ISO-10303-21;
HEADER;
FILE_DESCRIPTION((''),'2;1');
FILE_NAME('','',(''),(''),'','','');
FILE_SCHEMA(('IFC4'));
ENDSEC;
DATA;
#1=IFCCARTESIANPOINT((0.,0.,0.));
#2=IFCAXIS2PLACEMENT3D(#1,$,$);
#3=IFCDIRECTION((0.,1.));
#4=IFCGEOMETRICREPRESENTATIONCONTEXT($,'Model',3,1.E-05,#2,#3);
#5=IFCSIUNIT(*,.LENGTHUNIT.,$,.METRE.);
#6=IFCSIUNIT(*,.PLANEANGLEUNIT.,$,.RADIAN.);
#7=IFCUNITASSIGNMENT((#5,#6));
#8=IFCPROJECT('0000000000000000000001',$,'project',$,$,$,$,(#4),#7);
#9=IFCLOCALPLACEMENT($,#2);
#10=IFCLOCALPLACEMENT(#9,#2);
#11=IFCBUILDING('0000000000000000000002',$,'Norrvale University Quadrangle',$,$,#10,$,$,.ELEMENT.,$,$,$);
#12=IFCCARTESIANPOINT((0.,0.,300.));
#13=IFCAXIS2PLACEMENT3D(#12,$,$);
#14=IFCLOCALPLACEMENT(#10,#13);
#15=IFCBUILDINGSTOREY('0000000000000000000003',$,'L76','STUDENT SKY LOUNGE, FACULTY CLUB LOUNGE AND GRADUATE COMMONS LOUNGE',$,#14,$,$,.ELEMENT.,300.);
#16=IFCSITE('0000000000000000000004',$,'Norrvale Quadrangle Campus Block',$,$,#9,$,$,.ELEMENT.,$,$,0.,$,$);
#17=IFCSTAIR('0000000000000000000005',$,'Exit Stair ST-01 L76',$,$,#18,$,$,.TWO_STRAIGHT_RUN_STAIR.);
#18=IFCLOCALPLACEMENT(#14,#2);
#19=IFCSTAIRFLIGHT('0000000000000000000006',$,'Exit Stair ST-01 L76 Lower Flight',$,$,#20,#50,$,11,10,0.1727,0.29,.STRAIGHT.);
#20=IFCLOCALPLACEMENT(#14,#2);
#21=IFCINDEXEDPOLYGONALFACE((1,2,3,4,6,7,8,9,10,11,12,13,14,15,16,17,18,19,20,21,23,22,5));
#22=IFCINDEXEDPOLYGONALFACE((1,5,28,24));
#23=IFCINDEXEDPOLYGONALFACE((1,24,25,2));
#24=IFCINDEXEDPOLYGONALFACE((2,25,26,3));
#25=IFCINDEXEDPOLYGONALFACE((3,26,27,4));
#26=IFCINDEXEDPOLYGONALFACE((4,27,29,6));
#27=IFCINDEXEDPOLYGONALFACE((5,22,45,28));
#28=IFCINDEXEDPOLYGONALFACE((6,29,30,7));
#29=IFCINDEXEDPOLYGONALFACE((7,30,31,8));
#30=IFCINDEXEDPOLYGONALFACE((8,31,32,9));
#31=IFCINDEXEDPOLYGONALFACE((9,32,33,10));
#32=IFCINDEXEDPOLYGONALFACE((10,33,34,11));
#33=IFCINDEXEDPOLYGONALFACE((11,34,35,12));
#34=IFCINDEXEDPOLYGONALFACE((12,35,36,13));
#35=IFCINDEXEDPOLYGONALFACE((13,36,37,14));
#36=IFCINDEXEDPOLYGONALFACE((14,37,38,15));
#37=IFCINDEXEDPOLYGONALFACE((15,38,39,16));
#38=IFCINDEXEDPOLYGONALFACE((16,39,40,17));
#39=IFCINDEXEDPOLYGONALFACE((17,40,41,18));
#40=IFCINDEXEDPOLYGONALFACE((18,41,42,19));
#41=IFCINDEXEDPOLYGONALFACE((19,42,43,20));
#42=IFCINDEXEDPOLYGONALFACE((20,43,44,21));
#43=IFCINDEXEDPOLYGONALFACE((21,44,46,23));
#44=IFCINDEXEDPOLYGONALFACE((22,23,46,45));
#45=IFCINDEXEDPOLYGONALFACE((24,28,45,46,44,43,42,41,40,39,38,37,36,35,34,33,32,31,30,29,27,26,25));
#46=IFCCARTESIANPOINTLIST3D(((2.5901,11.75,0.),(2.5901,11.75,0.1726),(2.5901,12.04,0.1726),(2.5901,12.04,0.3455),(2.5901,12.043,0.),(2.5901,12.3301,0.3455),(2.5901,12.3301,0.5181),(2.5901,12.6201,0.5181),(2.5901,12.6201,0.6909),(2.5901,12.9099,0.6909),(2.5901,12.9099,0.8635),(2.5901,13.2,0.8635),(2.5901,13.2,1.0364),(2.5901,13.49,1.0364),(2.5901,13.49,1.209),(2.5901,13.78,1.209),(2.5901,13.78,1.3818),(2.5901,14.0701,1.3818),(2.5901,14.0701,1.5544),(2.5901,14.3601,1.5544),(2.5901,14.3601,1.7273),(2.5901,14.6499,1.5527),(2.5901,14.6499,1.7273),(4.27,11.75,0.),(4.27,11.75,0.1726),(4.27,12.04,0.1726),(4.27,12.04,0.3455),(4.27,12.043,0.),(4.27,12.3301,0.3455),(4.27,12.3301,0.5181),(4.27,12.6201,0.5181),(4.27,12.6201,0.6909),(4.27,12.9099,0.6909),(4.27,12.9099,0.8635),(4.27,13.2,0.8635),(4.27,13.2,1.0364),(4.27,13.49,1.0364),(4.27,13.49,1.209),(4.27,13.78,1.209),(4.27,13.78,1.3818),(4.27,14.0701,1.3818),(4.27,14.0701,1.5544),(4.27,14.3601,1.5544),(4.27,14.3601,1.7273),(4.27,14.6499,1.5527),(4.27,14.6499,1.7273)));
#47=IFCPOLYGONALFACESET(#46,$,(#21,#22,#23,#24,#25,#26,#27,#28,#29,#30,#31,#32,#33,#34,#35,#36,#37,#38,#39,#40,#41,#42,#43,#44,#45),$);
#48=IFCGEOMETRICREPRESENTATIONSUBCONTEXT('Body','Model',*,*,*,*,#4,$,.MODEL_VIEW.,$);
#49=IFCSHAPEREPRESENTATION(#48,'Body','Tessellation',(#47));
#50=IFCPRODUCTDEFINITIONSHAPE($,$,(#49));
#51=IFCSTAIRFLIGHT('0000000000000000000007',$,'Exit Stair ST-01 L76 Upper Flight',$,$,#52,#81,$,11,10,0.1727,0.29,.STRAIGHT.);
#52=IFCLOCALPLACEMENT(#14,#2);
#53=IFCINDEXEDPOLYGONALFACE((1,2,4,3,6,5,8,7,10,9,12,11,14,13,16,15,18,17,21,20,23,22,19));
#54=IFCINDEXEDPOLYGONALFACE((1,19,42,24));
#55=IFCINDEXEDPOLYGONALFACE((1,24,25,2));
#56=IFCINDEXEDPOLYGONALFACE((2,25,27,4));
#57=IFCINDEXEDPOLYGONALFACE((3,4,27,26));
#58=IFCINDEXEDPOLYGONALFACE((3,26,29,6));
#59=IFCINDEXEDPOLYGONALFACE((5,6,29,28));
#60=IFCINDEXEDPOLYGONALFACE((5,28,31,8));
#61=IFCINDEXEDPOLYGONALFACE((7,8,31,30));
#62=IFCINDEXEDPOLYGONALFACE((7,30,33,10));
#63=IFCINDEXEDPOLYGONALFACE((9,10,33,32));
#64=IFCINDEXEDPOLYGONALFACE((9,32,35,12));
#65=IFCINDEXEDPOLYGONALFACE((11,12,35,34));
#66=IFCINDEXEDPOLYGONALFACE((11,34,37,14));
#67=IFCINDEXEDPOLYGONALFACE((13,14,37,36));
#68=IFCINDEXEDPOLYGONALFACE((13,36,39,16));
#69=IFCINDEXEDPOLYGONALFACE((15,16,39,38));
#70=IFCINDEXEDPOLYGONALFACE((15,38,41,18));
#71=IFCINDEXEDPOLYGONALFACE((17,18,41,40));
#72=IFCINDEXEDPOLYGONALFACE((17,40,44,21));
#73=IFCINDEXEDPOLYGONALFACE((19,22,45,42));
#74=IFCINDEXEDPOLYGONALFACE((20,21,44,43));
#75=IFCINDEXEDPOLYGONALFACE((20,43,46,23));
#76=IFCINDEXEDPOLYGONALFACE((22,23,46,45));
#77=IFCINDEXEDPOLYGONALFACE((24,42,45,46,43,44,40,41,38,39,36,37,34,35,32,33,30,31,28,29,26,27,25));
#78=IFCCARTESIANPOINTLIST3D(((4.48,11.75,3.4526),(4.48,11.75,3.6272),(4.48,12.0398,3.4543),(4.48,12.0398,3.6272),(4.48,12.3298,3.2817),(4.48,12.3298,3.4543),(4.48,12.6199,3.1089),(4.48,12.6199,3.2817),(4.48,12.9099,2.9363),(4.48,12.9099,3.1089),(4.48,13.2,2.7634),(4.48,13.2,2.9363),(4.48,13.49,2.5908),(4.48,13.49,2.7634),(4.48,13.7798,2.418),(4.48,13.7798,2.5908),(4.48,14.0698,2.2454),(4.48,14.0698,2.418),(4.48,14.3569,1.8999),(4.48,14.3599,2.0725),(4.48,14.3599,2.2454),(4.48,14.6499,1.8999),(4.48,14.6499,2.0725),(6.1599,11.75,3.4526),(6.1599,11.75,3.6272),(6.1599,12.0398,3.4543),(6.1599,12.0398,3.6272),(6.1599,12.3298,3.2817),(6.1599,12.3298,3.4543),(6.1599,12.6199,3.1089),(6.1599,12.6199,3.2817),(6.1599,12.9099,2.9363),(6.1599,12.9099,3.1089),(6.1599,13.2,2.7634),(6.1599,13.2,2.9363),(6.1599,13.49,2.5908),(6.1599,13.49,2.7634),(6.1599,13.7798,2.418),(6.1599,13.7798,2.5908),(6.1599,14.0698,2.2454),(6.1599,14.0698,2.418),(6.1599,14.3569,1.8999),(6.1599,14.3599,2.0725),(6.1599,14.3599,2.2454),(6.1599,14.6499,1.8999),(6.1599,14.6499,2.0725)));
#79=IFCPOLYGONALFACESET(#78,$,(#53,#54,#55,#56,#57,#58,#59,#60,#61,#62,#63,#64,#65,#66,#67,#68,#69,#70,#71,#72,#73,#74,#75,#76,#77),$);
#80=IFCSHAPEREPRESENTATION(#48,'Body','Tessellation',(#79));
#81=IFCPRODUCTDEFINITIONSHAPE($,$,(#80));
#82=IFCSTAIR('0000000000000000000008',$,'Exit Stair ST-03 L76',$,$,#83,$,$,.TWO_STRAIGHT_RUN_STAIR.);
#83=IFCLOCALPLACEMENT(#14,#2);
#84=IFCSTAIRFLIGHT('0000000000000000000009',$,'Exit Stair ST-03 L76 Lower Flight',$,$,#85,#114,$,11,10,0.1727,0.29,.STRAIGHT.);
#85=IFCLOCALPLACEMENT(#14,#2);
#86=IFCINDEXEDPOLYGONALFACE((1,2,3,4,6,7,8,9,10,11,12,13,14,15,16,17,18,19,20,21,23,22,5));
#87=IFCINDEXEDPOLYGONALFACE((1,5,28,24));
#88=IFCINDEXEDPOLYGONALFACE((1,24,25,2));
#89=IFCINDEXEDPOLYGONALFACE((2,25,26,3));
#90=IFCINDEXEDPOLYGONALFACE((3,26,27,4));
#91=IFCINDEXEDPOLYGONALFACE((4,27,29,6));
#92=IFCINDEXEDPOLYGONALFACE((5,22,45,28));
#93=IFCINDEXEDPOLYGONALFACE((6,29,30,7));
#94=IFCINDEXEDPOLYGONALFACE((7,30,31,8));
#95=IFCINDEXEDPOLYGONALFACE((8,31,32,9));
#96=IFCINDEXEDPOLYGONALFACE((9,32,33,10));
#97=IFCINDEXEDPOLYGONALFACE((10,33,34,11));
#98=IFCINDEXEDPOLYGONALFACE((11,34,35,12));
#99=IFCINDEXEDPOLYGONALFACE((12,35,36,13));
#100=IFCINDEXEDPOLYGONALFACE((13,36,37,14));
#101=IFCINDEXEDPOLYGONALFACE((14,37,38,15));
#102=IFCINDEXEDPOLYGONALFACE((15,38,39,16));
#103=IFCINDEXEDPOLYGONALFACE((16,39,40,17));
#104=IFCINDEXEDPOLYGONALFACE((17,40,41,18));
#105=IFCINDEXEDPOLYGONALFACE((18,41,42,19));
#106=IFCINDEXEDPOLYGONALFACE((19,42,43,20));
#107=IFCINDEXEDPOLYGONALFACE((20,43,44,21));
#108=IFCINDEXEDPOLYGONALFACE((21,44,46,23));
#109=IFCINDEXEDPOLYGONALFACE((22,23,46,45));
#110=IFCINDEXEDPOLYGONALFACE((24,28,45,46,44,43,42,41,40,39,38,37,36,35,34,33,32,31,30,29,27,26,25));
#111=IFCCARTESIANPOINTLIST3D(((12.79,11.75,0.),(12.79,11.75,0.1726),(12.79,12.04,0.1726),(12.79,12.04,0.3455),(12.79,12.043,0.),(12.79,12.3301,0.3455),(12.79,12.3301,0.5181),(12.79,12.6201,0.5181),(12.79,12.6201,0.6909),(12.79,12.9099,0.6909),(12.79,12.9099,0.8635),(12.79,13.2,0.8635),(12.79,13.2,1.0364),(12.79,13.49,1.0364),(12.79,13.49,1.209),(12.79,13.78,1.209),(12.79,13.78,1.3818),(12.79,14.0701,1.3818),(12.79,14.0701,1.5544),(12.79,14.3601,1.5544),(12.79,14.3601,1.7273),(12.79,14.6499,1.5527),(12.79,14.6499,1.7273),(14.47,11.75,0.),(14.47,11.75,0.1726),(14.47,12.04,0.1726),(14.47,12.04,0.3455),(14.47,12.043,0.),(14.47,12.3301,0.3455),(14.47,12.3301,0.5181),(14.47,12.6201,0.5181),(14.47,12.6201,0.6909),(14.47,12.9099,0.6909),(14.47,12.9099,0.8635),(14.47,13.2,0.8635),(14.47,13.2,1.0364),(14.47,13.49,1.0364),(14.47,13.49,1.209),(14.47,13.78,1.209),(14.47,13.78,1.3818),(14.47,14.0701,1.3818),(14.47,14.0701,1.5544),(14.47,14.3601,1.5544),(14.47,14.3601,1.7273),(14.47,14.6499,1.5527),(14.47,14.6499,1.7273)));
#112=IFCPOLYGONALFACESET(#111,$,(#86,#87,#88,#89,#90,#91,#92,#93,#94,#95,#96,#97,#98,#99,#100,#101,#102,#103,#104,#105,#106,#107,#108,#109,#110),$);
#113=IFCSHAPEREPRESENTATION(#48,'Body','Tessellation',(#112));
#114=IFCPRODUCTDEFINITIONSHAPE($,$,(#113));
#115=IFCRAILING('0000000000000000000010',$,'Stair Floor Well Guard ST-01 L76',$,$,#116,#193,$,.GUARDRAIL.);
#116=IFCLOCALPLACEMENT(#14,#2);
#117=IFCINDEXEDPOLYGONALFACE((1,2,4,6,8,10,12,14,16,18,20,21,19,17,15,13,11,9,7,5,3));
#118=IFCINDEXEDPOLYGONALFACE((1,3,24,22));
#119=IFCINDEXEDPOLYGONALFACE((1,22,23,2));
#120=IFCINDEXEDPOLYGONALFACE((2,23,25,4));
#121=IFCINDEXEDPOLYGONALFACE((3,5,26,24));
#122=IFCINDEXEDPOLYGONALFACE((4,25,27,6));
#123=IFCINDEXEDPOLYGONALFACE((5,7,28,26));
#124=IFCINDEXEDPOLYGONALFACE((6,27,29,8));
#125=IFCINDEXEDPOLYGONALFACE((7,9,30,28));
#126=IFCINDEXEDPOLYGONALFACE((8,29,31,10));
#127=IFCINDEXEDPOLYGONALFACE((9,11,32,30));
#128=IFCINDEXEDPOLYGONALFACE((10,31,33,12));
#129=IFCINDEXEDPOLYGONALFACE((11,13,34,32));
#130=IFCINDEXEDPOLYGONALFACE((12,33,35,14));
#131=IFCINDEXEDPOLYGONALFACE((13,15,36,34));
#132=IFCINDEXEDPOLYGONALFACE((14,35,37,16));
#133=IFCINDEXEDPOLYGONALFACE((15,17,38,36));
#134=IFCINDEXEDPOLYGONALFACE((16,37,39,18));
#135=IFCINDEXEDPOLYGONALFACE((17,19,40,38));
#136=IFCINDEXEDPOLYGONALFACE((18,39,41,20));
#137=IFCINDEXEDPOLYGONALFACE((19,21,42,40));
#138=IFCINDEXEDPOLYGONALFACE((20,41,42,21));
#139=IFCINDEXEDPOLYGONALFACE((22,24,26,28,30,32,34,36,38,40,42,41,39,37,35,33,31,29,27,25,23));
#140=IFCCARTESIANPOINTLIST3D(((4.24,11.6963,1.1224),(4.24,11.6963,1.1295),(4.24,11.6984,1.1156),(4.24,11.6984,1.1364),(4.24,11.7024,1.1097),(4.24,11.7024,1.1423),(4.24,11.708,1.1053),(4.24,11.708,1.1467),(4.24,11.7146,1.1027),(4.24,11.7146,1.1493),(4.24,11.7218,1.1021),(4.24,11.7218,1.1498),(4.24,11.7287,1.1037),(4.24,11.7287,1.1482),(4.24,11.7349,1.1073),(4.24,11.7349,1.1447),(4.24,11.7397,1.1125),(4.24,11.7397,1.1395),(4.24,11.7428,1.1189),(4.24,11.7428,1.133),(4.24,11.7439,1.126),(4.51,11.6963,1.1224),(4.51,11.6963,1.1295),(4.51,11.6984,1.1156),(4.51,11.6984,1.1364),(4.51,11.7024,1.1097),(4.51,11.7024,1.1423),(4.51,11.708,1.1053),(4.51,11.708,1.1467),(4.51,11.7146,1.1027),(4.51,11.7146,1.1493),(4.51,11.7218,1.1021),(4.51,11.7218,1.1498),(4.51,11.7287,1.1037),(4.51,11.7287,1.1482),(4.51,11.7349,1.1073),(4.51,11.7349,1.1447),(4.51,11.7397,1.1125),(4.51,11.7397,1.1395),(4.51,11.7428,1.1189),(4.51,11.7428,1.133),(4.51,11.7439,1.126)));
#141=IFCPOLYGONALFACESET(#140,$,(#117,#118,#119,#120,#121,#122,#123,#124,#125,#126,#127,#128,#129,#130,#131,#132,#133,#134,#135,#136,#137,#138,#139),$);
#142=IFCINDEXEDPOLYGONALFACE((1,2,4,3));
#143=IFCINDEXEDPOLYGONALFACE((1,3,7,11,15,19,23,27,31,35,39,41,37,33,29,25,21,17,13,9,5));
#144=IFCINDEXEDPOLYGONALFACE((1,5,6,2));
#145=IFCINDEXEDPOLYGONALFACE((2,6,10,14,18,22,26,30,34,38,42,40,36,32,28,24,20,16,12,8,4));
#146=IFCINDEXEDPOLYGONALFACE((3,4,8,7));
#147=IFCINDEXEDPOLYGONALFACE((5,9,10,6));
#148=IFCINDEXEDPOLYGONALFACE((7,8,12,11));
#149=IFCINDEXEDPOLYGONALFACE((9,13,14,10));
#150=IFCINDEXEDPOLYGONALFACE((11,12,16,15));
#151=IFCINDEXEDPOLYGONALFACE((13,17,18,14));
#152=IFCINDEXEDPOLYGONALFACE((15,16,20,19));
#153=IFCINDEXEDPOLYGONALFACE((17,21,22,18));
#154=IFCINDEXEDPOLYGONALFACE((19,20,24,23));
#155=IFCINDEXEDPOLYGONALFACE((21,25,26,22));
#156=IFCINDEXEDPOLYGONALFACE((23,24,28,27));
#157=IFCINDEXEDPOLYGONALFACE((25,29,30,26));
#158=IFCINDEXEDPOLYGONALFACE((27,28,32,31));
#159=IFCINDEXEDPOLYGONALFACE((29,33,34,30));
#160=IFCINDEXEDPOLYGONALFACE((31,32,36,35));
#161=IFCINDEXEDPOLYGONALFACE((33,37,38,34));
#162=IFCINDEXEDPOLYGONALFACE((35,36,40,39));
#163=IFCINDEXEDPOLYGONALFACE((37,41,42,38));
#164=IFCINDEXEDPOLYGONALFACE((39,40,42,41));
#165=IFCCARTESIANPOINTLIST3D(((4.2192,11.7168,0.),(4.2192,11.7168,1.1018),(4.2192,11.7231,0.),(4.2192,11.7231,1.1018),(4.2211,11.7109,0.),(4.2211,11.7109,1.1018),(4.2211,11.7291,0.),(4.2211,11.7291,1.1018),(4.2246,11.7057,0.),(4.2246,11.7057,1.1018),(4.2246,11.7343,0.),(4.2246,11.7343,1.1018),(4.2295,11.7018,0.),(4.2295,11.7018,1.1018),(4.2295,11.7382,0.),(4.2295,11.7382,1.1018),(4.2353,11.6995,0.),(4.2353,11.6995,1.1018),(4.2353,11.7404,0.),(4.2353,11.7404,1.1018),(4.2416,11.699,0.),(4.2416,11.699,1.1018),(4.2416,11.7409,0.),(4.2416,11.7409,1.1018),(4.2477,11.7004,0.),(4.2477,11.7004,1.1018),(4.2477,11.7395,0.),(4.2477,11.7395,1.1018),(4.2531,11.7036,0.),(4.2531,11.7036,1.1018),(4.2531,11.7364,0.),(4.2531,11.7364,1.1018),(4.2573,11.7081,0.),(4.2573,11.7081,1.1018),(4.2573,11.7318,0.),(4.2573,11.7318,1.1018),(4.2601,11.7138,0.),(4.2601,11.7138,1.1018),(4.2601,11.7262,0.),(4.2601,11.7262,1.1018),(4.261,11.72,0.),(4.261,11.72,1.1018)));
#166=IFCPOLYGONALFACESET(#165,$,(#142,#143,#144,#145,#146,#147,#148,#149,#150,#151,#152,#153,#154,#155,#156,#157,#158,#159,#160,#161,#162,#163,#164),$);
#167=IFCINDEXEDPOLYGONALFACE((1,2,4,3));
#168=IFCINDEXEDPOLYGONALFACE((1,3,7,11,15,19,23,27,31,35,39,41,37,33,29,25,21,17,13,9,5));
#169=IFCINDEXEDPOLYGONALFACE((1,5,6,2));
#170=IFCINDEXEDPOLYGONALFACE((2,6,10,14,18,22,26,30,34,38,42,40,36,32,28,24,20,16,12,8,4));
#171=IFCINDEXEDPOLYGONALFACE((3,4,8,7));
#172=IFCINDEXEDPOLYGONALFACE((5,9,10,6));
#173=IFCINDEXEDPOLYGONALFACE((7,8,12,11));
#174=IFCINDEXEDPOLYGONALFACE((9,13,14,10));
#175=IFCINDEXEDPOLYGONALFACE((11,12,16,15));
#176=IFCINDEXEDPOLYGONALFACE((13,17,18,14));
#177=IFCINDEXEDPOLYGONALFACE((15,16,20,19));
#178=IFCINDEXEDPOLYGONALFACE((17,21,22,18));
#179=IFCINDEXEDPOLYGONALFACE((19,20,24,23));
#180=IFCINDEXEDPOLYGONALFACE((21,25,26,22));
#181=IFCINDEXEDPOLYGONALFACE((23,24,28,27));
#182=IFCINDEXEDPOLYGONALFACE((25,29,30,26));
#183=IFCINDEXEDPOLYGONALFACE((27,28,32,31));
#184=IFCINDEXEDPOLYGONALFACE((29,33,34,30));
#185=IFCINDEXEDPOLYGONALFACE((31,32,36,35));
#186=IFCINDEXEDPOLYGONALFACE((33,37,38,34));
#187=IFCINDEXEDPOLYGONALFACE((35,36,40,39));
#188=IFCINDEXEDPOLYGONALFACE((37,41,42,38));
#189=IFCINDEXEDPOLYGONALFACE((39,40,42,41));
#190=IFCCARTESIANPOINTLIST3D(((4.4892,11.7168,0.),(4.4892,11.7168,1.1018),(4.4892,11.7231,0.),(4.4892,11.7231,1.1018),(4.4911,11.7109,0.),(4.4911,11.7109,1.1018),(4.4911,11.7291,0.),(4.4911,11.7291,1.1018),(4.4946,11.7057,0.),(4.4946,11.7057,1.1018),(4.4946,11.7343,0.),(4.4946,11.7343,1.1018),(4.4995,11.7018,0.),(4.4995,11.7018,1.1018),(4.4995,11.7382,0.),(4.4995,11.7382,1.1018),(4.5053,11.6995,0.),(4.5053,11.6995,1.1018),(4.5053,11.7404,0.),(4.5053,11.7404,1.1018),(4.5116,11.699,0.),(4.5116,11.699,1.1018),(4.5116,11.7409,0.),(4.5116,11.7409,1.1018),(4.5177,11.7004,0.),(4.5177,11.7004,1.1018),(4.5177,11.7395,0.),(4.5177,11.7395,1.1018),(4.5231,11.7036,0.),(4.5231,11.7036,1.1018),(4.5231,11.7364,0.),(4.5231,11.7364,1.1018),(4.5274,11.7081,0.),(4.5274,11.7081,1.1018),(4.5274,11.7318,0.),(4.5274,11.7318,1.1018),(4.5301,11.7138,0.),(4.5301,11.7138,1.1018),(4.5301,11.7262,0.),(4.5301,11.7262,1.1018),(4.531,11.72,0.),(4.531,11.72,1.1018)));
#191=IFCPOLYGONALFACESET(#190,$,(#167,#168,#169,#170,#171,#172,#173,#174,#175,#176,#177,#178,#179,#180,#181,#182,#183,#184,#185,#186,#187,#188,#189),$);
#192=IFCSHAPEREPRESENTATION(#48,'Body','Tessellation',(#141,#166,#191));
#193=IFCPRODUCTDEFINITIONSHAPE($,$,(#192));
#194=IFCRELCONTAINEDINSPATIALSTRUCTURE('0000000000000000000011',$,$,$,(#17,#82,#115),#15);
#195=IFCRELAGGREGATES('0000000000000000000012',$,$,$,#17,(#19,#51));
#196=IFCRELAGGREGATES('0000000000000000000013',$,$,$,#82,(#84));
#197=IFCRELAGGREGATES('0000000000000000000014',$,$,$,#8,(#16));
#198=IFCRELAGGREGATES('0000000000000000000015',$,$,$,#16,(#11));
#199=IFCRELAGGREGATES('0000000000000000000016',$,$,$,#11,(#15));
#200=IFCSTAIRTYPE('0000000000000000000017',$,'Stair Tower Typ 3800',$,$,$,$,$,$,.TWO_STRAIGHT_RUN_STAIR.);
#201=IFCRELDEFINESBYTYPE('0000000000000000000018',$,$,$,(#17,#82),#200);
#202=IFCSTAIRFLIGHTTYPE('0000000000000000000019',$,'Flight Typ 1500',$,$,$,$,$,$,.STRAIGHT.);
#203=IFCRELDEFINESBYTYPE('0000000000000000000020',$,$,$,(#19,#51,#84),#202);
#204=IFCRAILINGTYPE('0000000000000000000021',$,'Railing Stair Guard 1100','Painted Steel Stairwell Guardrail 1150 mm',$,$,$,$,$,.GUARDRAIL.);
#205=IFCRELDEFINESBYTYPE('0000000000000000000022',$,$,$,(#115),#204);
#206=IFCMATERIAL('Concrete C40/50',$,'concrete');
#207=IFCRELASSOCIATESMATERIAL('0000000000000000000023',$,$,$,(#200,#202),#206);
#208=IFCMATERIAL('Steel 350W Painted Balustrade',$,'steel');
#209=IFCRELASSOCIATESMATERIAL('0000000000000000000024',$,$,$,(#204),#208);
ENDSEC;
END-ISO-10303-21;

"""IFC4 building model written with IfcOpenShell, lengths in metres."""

from ifc_helpers import new_model, si_unit, direction, frame, origin, origin_2d, place, context, subcontext, project, spatial, polyline, circle, outline, extrude, material, type_object, element, aggregate, save


model = new_model("IFC4")

# Units and contexts
model_context = context("Model", 3, precision=1e-05, world=origin(), true_north=direction((0.0, 1.0)))
body_context = subcontext(model_context, "Body", "Model", "MODEL_VIEW")
ifc_project = project(units=[si_unit("LENGTHUNIT", "METRE"), si_unit("PLANEANGLEUNIT", "RADIAN")], contexts=[model_context])

# Site, building, storey
site_placement = place(None, origin())
site = spatial("IfcSite", under=ifc_project, at=site_placement, Name="Norrvale Quadrangle Campus Block", CompositionType="ELEMENT", RefElevation=0.0)
building_placement = place(site_placement, origin())
building = spatial("IfcBuilding", under=site, at=building_placement, Name="Norrvale University Quadrangle", CompositionType="ELEMENT")
storey_placement = place(building_placement, frame((0.0, 0.0, 300.0)))
storey = spatial("IfcBuildingStorey", under=building, at=storey_placement, Name="L76", Description="STUDENT SKY LOUNGE, FACULTY CLUB LOUNGE AND GRADUATE COMMONS LOUNGE", CompositionType="ELEMENT", Elevation=300.0)

# Stair, stair flights
ifc_material_1 = material(Name="Concrete C40/50", Category="concrete")
stair_type = type_object("IfcStairType", Name="Stair Tower Typ 3800", PredefinedType="TWO_STRAIGHT_RUN_STAIR", material=ifc_material_1)
stair_1_placement = place(storey_placement, origin())
stair_1 = element("IfcStair", 1, at=stair_1_placement, inside=storey, type_object=stair_type, Name="Exit Stair ST-01 L76", PredefinedType="TWO_STRAIGHT_RUN_STAIR")
stair_flight_type = type_object("IfcStairFlightType", Name="Flight Typ 1500", PredefinedType="STRAIGHT", material=ifc_material_1)
stair_flight_1_placement = place(storey_placement, frame((3.4299, 11.75, 0.0), z_axis=(0.0, 0.0, 1.0), x_axis=(0.0, 1.0, 0.0)))
stair_flight_1 = element("IfcStairFlight", 2, at=stair_flight_1_placement, type_object=stair_flight_type, Name="Exit Stair ST-01 L76 Lower Flight", NumberOfRisers=11, NumberOfTreads=10, PredefinedType="STRAIGHT", RiserHeight=0.1727, TreadLength=0.29, context=body_context, shape_type="SweptSolid", body=[
    extrude(outline(polyline([(0.0, 0.0), (0.0, 0.1726), (0.29, 0.1726), (0.29, 0.3455), (0.5801, 0.3455), (0.5801, 0.5181), (0.8701, 0.5181), (0.8701, 0.6909), (1.1599, 0.6909), (1.1599, 0.8635), (1.45, 0.8635), (1.45, 1.0364), (1.74, 1.0364), (1.74, 1.209), (2.03, 1.209), (2.03, 1.3818), (2.3201, 1.3818), (2.3201, 1.5544), (2.6101, 1.5544), (2.6101, 1.7273), (2.8999, 1.7273), (2.8999, 1.8999), (2.8999, 1.5527), (0.293, 0.0), (0.0, 0.0)])), frame((0.0, 0.8398, 0.0), z_axis=(0.0, -1.0, 0.0), x_axis=(1.0, 0.0, 0.0)), (0.0, 0.0, 1.0), 1.6799),
])
stair_flight_2_placement = place(storey_placement, frame((5.3201, 14.6499, 1.8999), z_axis=(0.0, 0.0, 1.0), x_axis=(0.0, -1.0, 0.0)))
stair_flight_2 = element("IfcStairFlight", 3, at=stair_flight_2_placement, type_object=stair_flight_type, Name="Exit Stair ST-01 L76 Upper Flight", NumberOfRisers=11, NumberOfTreads=10, PredefinedType="STRAIGHT", RiserHeight=0.1727, TreadLength=0.29, context=body_context, shape_type="SweptSolid", body=[
    extrude(outline(polyline([(0.0, 0.0), (0.0, 0.1726), (0.29, 0.1726), (0.29, 0.3455), (0.5801, 0.3455), (0.5801, 0.5181), (0.8701, 0.5181), (0.8701, 0.6909), (1.1599, 0.6909), (1.1599, 0.8635), (1.45, 0.8635), (1.45, 1.0364), (1.74, 1.0364), (1.74, 1.209), (2.03, 1.209), (2.03, 1.3818), (2.3201, 1.3818), (2.3201, 1.5544), (2.6101, 1.5544), (2.6101, 1.7273), (2.8999, 1.7273), (2.8999, 1.8999), (2.8999, 1.5527), (0.293, 0.0), (0.0, 0.0)])), frame((0.0, 0.8398, 0.0), z_axis=(0.0, -1.0, 0.0), x_axis=(1.0, 0.0, 0.0)), (0.0, 0.0, 1.0), 1.6799),
])
aggregate(stair_1, [stair_flight_1, stair_flight_2])

# Stair, stair flight
stair_2_placement = place(storey_placement, origin())
stair_2 = element("IfcStair", 4, at=stair_2_placement, inside=storey, type_object=stair_type, Name="Exit Stair ST-03 L76", PredefinedType="TWO_STRAIGHT_RUN_STAIR")
stair_flight_3_placement = place(storey_placement, frame((13.6299, 11.75, 0.0), z_axis=(0.0, 0.0, 1.0), x_axis=(0.0, 1.0, 0.0)))
stair_flight_3 = element("IfcStairFlight", 5, at=stair_flight_3_placement, type_object=stair_flight_type, Name="Exit Stair ST-03 L76 Lower Flight", NumberOfRisers=11, NumberOfTreads=10, PredefinedType="STRAIGHT", RiserHeight=0.1727, TreadLength=0.29, context=body_context, shape_type="SweptSolid", body=[
    extrude(outline(polyline([(0.0, 0.0), (0.0, 0.1726), (0.29, 0.1726), (0.29, 0.3455), (0.5801, 0.3455), (0.5801, 0.5181), (0.8701, 0.5181), (0.8701, 0.6909), (1.1599, 0.6909), (1.1599, 0.8635), (1.45, 0.8635), (1.45, 1.0364), (1.74, 1.0364), (1.74, 1.209), (2.03, 1.209), (2.03, 1.3818), (2.3201, 1.3818), (2.3201, 1.5544), (2.6101, 1.5544), (2.6101, 1.7273), (2.8999, 1.7273), (2.8999, 1.8999), (2.8999, 1.5527), (0.293, 0.0), (0.0, 0.0)])), frame((0.0, 0.8398, 0.0), z_axis=(0.0, -1.0, 0.0), x_axis=(1.0, 0.0, 0.0)), (0.0, 0.0, 1.0), 1.6799),
])
aggregate(stair_2, [stair_flight_3])

# Railing
ifc_material_2 = material(Name="Steel 350W Painted Balustrade", Category="steel")
railing_type_1 = type_object("IfcRailingType", Name="Railing Stair Guard 1100", Description="Painted Steel Stairwell Guardrail 1150 mm", PredefinedType="GUARDRAIL", material=ifc_material_2)
for number, where, name in (
    (6, (4.24, 11.72, 0.0), "Stair Floor Well Guard ST-01 L76"),
):
    element("IfcRailing", number, at=place(storey_placement, frame(where)), inside=storey, type_object=railing_type_1, Name=name, PredefinedType="GUARDRAIL", context=body_context, shape_type="SweptSolid", body=[
        extrude(circle(Radius=0.0239, at=origin_2d()), frame((0.0, 0.0, 1.126), z_axis=(1.0, 0.0, 0.0), x_axis=(0.0, 1.0, 0.0)), (0.0, 0.0, 1.0), 0.27),
        extrude(circle(Radius=0.021, at=origin_2d()), origin(), (0.0, 0.0, 1.0), 1.1018),
        extrude(circle(Radius=0.021, at=origin_2d()), frame((0.27, 0.0, 0.0)), (0.0, 0.0, 1.0), 1.1018),
    ])

save(model, "model.ifc")
